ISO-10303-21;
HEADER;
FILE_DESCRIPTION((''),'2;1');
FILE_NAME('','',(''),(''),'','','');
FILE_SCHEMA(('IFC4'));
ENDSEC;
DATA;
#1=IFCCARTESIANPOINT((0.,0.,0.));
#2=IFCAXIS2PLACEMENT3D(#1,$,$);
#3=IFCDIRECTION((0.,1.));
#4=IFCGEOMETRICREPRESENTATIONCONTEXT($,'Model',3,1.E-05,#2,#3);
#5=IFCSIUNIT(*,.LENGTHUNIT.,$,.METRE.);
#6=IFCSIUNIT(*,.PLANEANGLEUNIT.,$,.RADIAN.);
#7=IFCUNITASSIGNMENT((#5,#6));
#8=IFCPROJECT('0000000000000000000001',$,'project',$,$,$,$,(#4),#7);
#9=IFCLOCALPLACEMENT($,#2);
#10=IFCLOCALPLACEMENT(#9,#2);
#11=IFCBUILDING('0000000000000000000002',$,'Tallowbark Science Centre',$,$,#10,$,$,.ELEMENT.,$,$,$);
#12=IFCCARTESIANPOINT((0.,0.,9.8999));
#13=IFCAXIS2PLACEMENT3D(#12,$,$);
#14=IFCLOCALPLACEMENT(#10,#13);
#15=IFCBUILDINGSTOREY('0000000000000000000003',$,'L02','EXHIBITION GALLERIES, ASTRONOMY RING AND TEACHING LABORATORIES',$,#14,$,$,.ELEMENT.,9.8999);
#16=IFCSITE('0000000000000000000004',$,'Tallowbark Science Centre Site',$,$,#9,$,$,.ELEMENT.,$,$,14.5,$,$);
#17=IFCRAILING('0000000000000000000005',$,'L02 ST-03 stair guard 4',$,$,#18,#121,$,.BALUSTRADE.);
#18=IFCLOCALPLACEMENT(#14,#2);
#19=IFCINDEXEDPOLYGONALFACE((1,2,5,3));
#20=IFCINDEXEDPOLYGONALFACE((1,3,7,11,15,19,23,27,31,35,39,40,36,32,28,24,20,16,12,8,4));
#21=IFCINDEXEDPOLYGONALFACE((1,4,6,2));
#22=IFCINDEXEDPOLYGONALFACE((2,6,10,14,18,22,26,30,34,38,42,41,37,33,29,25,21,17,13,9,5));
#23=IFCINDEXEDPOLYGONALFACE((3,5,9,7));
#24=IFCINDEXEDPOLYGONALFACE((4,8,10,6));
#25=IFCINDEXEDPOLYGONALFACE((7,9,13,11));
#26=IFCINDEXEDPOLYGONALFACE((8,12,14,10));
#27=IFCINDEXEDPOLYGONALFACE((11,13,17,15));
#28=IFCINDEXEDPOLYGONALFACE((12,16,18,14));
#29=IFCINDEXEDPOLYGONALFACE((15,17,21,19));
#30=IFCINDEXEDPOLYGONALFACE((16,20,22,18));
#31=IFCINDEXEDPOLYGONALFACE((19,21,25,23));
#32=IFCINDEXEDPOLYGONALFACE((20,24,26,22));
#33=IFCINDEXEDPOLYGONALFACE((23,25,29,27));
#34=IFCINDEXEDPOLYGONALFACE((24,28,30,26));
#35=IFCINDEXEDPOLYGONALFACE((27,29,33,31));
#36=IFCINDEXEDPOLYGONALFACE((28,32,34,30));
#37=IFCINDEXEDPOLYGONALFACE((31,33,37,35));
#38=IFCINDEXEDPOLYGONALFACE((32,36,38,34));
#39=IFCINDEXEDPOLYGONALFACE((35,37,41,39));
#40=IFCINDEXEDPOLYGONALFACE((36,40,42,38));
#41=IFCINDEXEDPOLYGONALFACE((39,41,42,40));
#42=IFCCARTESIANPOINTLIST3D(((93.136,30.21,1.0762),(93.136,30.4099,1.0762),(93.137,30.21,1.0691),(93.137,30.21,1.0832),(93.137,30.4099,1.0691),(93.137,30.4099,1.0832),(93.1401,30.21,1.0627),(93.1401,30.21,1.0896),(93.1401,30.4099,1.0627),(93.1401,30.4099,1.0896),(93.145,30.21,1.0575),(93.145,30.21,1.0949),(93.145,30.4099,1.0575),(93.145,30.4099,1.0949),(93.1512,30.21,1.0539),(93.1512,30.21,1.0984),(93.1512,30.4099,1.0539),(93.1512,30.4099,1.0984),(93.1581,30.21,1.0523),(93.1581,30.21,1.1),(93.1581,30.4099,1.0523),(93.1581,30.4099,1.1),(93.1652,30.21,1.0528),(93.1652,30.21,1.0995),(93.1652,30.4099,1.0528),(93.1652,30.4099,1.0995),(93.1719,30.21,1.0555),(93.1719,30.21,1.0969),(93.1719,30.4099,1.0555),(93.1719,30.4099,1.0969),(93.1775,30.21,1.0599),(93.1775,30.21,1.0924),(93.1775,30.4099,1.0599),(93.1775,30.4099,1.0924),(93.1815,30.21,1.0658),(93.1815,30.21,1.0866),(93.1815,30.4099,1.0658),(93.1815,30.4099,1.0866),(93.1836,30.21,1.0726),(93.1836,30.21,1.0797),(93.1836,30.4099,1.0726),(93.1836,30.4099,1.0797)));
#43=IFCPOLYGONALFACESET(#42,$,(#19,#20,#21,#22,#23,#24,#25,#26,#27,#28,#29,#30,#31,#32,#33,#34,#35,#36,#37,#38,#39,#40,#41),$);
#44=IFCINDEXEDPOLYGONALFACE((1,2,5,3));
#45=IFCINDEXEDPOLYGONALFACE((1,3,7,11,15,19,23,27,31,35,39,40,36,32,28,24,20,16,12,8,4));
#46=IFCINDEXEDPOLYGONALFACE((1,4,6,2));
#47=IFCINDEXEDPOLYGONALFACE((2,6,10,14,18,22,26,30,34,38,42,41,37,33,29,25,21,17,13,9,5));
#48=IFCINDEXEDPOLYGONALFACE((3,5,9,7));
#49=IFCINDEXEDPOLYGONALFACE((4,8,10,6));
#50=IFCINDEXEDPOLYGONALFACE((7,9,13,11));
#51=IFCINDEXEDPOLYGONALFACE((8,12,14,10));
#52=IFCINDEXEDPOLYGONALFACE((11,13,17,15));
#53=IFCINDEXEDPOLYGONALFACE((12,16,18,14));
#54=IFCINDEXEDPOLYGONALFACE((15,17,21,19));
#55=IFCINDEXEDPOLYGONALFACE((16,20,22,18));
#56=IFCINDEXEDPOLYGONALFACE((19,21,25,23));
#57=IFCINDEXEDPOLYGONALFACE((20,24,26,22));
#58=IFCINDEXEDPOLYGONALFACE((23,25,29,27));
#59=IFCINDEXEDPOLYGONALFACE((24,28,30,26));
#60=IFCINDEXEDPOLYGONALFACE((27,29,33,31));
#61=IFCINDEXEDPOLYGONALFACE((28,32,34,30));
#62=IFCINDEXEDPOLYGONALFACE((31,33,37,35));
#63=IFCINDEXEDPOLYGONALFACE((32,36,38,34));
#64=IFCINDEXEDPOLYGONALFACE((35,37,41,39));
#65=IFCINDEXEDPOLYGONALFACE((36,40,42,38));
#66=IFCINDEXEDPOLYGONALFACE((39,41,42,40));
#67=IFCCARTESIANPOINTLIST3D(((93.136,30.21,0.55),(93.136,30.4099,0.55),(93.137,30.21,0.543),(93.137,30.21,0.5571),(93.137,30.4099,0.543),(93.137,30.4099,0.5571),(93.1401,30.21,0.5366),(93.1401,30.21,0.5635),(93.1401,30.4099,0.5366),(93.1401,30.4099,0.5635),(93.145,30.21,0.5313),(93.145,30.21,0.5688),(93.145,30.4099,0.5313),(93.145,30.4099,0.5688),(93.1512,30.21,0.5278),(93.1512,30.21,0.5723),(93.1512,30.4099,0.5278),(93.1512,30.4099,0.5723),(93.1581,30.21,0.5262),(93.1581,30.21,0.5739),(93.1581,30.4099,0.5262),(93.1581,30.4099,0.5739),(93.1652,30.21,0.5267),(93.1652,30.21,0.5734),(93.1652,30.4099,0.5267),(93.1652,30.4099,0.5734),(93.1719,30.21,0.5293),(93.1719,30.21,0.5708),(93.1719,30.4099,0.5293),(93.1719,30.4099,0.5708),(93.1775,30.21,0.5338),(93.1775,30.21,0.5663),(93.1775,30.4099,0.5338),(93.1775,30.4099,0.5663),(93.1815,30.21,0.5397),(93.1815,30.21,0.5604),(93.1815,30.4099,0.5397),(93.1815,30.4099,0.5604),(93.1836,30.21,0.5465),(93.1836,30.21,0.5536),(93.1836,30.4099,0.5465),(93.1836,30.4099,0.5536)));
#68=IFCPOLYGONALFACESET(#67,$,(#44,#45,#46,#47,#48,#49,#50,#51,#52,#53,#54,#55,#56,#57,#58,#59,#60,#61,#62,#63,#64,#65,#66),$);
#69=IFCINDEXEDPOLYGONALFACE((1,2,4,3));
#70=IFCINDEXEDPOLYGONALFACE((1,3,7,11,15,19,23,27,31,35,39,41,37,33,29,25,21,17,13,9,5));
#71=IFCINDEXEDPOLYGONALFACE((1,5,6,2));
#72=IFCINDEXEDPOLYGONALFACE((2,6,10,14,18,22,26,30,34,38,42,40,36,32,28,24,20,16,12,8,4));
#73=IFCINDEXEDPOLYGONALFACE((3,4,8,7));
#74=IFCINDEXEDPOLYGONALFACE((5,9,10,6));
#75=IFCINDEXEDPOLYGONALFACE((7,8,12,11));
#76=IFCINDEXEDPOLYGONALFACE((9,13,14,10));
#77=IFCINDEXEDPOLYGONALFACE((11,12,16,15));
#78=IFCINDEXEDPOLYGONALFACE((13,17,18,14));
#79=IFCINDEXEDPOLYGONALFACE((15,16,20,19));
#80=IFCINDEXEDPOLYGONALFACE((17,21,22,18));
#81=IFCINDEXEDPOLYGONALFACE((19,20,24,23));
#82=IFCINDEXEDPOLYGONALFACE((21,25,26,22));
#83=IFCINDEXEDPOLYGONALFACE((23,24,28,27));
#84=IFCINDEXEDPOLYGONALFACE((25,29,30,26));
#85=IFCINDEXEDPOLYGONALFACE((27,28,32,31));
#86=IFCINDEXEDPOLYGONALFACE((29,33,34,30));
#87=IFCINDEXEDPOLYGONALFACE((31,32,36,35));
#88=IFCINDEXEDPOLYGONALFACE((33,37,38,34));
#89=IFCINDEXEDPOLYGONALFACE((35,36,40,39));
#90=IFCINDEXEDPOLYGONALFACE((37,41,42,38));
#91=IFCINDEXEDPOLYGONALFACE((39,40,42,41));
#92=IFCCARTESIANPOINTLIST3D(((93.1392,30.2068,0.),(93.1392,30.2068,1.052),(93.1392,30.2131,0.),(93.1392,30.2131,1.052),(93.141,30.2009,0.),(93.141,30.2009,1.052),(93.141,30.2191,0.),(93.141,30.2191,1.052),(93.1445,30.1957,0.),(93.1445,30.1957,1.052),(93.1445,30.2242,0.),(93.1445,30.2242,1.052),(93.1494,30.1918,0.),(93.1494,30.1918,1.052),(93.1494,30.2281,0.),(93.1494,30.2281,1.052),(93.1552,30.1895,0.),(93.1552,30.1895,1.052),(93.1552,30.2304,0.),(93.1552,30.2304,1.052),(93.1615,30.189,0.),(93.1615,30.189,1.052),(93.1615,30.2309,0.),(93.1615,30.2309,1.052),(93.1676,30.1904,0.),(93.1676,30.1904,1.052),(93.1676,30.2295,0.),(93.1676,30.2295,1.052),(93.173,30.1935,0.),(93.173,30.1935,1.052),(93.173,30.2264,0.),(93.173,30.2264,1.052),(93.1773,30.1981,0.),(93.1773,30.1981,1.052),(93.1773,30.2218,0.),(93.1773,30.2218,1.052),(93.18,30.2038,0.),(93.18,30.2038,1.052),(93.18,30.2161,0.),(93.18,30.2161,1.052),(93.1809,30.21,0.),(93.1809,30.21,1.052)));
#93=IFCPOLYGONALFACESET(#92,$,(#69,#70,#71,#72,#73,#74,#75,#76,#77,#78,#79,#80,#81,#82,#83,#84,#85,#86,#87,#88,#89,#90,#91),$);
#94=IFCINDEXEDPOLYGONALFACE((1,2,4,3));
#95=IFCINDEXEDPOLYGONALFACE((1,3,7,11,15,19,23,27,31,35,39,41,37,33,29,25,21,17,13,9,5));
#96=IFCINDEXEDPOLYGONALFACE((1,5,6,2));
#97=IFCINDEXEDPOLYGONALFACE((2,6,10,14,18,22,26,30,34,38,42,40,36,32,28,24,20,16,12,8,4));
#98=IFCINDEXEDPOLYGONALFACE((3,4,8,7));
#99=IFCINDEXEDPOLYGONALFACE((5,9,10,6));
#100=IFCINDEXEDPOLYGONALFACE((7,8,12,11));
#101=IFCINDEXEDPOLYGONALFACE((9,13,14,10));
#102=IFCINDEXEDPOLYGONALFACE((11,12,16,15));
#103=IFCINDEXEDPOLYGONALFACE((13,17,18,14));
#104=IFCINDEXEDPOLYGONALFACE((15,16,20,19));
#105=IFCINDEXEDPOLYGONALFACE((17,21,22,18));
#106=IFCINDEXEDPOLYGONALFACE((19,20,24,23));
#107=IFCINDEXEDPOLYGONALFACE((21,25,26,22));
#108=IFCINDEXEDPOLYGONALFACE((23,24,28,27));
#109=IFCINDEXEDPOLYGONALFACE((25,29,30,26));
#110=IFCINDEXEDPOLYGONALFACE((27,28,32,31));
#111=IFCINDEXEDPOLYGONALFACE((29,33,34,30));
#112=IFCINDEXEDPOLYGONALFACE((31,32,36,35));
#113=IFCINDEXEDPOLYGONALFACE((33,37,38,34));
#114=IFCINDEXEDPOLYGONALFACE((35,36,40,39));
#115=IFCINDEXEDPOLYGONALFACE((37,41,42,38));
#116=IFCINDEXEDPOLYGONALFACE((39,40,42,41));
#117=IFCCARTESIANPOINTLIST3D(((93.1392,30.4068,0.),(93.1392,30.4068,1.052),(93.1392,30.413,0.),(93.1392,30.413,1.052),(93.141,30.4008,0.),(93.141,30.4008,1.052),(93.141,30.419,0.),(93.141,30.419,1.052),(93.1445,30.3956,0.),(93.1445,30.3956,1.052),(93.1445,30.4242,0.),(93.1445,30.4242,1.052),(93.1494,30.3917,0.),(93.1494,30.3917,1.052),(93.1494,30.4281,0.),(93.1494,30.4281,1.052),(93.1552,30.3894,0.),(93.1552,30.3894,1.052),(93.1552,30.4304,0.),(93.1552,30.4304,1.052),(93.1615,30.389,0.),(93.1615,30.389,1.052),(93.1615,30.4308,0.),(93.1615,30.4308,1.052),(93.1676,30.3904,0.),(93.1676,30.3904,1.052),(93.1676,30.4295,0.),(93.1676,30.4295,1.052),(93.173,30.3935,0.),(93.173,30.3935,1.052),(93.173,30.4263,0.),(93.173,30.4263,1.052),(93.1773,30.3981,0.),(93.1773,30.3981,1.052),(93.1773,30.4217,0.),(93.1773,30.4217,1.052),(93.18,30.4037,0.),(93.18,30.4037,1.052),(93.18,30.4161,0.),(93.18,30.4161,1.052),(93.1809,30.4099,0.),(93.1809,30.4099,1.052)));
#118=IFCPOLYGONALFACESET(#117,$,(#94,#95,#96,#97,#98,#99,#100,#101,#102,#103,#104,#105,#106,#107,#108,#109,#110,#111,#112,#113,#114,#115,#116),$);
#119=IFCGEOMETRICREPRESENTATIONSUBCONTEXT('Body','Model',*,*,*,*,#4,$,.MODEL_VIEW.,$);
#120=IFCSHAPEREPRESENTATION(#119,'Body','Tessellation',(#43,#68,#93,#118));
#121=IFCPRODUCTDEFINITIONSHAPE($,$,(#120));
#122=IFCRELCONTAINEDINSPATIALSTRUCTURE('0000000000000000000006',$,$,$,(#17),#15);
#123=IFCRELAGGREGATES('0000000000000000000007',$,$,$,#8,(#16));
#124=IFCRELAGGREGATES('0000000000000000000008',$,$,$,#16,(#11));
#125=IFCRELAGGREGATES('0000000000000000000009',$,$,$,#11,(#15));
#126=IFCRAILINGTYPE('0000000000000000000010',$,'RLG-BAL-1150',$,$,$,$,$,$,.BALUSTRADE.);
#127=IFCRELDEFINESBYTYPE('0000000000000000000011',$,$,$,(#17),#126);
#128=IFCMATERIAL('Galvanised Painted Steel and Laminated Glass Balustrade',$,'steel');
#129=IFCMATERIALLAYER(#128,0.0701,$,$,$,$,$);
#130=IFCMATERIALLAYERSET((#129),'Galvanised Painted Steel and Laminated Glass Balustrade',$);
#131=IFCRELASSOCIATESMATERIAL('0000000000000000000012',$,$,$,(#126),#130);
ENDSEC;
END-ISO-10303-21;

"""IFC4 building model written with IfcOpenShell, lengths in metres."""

from ifc_helpers import new_model, si_unit, direction, frame, origin, origin_2d, place, context, subcontext, project, spatial, circle, extrude, material, layer, layer_set, type_object, element, save


model = new_model("IFC4")

# Units and contexts
model_context = context("Model", 3, precision=1e-05, world=origin(), true_north=direction((0.0, 1.0)))
body_context = subcontext(model_context, "Body", "Model", "MODEL_VIEW")
ifc_project = project(units=[si_unit("LENGTHUNIT", "METRE"), si_unit("PLANEANGLEUNIT", "RADIAN")], contexts=[model_context])

# Site, building, storey
site_placement = place(None, origin())
site = spatial("IfcSite", under=ifc_project, at=site_placement, Name="Tallowbark Science Centre Site", CompositionType="ELEMENT", RefElevation=14.5)
building_placement = place(site_placement, origin())
building = spatial("IfcBuilding", under=site, at=building_placement, Name="Tallowbark Science Centre", CompositionType="ELEMENT")
storey_placement = place(building_placement, frame((0.0, 0.0, 9.8999)))
storey = spatial("IfcBuildingStorey", under=building, at=storey_placement, Name="L02", Description="EXHIBITION GALLERIES, ASTRONOMY RING AND TEACHING LABORATORIES", CompositionType="ELEMENT", Elevation=9.8999)

# Railing
ifc_material_1 = material(Name="Galvanised Painted Steel and Laminated Glass Balustrade", Category="steel")
ifc_layer_1 = layer(ifc_material_1, 0.0701)
ifc_layer_set_1 = layer_set([ifc_layer_1], Name="Galvanised Painted Steel and Laminated Glass Balustrade")
railing_type_1 = type_object("IfcRailingType", Name="RLG-BAL-1150", PredefinedType="BALUSTRADE", material=ifc_layer_set_1)
railing_1_placement = place(storey_placement, frame((93.1599, 30.21, 0.0)))
element("IfcRailing", 1, at=railing_1_placement, inside=storey, type_object=railing_type_1, Name="L02 ST-03 stair guard 4", PredefinedType="BALUSTRADE", context=body_context, shape_type="SweptSolid", body=[
    extrude(circle(Radius=0.0239, at=origin_2d()), frame((0.0, 0.0, 1.0762), z_axis=(0.0, 1.0, 0.0), x_axis=(-1.0, 0.0, 0.0)), (0.0, 0.0, 1.0), 0.2),
    extrude(circle(Radius=0.0239, at=origin_2d()), frame((0.0, 0.0, 0.55), z_axis=(0.0, 1.0, 0.0), x_axis=(-1.0, 0.0, 0.0)), (0.0, 0.0, 1.0), 0.2),
    extrude(circle(Radius=0.021, at=origin_2d()), origin(), (0.0, 0.0, 1.0), 1.052),
    extrude(circle(Radius=0.021, at=origin_2d()), frame((0.0, 0.2, 0.0)), (0.0, 0.0, 1.0), 1.052),
])

save(model, "model.ifc")
